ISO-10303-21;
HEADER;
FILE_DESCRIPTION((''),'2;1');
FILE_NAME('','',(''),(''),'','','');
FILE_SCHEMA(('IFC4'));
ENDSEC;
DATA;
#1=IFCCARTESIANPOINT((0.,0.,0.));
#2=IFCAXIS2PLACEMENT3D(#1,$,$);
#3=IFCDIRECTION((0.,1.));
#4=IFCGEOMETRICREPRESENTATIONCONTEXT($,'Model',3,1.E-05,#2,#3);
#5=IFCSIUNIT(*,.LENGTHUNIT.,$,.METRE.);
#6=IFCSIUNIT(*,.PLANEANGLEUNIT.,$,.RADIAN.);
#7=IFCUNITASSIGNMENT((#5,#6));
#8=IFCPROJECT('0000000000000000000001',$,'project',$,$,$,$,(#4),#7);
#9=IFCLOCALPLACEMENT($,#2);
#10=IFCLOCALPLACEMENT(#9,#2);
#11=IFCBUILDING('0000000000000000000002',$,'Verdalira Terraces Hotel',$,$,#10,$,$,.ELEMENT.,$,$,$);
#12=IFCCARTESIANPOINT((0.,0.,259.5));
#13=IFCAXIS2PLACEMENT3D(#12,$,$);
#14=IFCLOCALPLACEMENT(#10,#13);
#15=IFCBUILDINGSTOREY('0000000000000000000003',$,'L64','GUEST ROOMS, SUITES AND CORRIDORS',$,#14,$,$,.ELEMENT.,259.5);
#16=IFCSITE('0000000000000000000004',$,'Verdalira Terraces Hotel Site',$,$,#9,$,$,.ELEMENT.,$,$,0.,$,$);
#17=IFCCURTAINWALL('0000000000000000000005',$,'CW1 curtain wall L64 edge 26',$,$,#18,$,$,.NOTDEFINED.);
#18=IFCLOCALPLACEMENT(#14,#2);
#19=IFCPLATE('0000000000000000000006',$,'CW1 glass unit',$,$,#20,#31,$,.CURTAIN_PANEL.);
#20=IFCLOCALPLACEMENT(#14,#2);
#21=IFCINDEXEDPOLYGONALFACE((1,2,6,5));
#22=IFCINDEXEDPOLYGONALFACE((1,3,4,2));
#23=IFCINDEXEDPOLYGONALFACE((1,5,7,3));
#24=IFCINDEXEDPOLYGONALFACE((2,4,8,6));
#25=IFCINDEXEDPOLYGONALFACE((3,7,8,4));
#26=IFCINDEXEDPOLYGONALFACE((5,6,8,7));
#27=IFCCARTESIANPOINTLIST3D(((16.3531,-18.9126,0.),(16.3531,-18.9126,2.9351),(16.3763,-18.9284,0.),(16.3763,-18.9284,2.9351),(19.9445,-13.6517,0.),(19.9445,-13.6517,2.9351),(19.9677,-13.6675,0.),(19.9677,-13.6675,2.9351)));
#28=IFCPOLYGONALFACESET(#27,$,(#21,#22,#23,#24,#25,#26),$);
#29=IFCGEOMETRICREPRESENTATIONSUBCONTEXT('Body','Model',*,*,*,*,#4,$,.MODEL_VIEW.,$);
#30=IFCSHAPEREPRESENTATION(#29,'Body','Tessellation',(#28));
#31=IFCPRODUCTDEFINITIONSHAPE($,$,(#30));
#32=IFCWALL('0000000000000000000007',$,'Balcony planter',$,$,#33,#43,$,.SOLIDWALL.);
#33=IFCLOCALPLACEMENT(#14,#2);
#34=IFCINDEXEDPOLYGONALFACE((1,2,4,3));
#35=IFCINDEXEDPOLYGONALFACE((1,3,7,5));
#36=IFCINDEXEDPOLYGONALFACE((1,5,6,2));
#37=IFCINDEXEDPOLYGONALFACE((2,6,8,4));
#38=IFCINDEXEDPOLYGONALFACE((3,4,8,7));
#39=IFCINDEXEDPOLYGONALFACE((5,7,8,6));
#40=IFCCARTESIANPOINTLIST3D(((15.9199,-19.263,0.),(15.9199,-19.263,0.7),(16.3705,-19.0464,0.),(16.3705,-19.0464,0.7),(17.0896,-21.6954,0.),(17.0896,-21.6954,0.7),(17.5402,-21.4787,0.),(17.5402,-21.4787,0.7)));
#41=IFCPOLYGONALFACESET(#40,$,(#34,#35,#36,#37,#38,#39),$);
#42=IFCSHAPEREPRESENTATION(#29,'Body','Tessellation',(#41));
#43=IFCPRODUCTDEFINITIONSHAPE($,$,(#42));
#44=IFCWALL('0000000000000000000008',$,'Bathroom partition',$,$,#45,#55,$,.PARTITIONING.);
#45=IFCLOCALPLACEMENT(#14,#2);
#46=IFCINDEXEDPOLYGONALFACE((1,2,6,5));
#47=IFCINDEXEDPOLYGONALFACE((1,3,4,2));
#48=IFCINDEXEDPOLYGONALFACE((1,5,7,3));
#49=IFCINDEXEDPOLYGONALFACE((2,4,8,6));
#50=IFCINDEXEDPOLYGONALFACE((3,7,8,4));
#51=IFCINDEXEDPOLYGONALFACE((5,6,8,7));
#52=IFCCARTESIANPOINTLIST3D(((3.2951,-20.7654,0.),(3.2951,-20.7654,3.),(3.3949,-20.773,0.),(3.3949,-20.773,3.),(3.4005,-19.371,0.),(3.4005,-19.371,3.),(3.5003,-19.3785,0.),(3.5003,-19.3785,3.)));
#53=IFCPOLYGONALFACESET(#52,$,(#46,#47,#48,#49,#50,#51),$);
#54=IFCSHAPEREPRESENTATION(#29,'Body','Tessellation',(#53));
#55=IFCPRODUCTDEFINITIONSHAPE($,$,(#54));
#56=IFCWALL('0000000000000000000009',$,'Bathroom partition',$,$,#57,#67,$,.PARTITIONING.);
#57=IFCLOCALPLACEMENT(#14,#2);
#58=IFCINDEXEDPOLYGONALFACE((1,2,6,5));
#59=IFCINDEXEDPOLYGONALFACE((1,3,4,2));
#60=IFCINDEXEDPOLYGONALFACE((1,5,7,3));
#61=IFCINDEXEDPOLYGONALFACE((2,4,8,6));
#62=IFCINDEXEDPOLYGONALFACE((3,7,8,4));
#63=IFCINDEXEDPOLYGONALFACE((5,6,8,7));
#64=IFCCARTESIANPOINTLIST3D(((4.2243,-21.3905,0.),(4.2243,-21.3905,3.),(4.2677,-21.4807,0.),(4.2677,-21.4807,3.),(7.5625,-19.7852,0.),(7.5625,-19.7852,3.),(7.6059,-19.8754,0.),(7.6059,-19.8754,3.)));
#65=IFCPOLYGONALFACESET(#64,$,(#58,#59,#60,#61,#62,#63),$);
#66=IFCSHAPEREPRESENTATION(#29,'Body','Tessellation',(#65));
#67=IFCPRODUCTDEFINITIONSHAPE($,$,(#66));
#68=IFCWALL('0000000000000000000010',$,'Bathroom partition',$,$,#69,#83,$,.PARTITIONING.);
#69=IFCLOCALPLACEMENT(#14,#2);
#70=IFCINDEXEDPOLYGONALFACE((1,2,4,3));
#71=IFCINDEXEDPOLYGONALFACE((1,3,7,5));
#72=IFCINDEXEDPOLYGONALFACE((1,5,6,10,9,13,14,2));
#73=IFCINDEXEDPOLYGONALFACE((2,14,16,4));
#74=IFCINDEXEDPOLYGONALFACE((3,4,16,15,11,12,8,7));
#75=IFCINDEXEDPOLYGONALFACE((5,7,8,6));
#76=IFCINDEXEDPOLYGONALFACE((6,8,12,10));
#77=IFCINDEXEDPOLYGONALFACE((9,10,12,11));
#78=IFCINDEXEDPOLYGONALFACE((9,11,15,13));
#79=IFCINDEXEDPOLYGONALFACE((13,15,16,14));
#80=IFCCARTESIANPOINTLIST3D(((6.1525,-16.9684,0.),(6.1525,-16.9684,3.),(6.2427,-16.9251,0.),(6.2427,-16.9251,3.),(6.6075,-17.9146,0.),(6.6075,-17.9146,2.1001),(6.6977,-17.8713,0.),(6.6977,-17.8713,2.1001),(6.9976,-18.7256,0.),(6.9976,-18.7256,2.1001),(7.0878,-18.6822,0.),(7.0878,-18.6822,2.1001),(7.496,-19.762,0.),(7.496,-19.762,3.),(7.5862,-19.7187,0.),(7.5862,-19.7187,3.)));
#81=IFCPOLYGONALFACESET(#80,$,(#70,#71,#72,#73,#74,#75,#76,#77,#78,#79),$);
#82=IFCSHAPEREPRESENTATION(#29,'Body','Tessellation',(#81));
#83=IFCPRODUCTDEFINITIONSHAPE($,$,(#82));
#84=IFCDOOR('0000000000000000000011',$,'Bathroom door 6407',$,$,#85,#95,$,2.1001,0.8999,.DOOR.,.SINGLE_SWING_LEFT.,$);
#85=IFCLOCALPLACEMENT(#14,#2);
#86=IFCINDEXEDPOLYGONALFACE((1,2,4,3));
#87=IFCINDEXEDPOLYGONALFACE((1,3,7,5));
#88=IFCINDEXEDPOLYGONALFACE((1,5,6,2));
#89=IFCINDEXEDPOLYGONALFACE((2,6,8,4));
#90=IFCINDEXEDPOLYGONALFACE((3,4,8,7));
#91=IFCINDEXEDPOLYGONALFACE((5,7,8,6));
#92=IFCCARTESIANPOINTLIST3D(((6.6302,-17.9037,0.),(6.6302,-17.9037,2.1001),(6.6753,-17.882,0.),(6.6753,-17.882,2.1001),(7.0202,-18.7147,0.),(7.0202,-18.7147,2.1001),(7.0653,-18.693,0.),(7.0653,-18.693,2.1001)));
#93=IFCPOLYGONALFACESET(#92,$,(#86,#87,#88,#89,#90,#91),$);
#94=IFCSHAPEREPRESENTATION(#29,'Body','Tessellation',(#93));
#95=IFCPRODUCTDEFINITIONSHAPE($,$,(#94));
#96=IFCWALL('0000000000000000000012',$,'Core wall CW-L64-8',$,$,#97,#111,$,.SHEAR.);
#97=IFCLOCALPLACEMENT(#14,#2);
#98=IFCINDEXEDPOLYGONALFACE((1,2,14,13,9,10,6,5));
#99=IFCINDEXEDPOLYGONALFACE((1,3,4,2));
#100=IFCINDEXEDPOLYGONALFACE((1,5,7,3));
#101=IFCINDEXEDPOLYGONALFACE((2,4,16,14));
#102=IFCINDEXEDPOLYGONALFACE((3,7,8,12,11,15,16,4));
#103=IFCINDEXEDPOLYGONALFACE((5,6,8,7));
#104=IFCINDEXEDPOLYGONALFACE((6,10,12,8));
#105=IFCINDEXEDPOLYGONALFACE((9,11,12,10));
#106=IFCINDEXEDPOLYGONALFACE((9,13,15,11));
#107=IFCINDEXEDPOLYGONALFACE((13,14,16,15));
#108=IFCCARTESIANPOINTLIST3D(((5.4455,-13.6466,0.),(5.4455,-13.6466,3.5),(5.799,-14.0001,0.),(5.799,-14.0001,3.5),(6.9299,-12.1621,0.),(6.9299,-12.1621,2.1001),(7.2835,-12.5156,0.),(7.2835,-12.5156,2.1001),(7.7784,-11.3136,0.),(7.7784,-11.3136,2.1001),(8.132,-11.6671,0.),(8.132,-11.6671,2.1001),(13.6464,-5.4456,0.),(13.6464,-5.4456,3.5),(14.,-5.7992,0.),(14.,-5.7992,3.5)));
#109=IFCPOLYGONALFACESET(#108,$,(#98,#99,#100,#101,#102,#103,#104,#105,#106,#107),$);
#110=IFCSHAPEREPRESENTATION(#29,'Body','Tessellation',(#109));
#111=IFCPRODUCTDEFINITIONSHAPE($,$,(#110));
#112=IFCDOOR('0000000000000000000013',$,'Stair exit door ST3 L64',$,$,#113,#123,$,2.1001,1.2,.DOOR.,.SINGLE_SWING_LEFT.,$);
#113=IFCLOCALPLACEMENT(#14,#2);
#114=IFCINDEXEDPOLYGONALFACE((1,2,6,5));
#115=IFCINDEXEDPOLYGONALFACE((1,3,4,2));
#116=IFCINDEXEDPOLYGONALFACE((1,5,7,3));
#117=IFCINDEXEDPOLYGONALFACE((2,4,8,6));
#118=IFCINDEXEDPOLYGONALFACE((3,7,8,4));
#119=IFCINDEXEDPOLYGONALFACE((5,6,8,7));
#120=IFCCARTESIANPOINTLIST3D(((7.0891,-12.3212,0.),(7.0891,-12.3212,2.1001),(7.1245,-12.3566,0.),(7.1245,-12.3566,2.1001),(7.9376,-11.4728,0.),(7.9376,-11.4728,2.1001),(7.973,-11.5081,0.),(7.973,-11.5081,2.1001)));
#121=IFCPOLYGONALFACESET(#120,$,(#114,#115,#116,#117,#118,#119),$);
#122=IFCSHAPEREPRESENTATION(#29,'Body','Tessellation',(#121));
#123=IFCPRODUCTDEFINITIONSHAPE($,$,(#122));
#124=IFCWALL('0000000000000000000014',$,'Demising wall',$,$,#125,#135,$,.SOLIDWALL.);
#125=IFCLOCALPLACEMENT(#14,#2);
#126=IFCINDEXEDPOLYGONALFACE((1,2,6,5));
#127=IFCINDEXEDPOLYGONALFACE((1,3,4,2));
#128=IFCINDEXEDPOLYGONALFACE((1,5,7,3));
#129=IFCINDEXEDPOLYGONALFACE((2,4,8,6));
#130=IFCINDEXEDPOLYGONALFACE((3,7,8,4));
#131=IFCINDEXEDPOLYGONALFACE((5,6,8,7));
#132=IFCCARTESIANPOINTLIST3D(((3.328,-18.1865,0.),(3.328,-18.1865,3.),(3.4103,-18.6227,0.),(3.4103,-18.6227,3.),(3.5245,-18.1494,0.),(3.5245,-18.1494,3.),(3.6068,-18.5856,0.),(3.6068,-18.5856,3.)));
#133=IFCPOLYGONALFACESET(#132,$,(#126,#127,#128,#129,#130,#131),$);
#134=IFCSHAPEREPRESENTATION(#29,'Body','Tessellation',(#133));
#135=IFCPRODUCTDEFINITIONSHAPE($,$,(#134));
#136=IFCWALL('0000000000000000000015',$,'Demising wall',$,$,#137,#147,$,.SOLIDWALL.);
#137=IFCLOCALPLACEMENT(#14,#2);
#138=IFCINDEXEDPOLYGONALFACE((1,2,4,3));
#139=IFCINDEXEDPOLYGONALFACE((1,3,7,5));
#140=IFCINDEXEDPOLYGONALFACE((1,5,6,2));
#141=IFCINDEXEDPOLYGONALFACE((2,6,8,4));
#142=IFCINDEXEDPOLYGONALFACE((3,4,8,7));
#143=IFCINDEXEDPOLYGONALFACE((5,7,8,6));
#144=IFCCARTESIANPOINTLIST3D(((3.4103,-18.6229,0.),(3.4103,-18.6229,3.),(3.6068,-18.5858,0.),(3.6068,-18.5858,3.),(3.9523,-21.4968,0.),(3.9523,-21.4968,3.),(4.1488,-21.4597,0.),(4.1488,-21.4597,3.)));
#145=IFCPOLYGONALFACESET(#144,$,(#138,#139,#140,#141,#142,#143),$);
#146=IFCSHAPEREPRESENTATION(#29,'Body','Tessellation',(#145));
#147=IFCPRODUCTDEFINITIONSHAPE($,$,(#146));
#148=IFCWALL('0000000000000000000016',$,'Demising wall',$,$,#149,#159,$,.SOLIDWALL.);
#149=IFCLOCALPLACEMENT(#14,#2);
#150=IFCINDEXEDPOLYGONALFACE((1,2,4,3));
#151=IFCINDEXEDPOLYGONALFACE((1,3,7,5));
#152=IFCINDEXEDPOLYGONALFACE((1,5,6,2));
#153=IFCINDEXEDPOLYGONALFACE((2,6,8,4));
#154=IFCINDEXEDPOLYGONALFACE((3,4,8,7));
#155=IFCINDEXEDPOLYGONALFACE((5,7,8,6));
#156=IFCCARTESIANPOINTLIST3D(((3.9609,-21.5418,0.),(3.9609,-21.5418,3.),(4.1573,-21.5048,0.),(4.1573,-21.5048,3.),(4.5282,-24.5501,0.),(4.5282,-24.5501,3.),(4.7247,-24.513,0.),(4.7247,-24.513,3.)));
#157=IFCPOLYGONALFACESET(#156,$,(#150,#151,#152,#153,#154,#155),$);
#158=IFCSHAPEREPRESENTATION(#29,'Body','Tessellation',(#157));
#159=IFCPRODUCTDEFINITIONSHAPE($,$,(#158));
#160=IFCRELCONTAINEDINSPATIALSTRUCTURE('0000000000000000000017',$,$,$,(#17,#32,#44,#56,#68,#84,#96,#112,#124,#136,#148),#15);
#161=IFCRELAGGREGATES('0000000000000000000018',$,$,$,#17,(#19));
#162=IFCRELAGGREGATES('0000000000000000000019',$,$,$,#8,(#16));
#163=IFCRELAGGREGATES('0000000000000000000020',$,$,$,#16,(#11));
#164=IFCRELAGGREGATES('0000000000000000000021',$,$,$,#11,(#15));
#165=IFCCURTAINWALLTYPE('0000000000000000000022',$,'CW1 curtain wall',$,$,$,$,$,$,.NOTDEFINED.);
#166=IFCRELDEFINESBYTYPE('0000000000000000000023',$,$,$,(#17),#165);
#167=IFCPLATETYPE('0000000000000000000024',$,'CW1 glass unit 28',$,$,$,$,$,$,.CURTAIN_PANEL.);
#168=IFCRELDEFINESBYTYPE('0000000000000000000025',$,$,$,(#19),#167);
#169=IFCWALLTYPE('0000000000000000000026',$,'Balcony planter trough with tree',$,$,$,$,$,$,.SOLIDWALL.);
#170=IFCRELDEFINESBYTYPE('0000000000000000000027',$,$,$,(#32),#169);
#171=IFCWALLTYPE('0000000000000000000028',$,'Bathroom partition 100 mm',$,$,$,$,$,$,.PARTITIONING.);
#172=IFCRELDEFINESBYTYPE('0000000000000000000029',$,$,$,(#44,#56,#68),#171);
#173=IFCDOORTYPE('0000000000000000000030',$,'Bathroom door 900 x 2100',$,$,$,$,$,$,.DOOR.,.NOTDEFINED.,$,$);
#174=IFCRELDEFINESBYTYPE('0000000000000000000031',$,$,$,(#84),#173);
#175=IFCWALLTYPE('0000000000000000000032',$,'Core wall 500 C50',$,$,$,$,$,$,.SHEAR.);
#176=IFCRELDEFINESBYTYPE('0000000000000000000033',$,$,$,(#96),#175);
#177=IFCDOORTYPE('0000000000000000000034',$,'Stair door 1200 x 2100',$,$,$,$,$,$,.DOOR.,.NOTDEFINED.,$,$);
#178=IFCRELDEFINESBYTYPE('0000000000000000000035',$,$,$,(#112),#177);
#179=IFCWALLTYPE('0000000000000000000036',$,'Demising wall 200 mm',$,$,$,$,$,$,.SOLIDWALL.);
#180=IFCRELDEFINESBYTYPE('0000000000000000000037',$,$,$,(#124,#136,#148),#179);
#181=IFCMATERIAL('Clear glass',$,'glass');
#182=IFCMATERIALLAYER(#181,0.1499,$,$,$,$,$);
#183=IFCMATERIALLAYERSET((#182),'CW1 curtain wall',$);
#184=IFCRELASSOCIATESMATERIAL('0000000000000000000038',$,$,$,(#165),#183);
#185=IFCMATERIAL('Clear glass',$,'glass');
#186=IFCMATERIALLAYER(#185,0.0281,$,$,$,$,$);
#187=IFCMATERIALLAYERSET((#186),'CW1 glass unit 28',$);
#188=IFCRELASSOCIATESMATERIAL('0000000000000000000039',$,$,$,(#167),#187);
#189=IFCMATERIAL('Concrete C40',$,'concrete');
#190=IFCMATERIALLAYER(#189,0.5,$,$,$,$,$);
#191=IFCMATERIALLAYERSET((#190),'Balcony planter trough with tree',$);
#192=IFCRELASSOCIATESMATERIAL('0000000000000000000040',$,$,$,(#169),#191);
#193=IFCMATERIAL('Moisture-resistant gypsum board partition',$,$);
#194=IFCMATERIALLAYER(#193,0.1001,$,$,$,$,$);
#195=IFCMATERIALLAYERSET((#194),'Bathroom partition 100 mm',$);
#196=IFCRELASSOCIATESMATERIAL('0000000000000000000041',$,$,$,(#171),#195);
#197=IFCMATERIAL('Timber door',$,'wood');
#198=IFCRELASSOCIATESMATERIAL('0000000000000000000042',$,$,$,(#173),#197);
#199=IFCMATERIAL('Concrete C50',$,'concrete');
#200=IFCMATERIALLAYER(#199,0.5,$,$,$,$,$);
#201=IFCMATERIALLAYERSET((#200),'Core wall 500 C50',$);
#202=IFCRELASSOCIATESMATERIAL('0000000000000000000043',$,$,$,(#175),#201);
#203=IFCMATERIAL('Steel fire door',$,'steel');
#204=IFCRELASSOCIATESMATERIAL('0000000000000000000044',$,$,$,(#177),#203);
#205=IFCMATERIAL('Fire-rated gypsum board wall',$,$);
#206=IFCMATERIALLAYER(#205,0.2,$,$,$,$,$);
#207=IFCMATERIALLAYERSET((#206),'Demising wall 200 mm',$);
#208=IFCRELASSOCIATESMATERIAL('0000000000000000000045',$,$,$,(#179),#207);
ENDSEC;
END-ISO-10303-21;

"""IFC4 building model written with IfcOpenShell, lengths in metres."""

from ifc_helpers import new_model, si_unit, direction, frame, frame_2d, origin, origin_2d, place, context, subcontext, project, spatial, rectangle, extrude, material, layer, layer_set, type_object, element, fill, aggregate, save


model = new_model("IFC4")

# Units and contexts
model_context = context("Model", 3, precision=1e-05, world=origin(), true_north=direction((0.0, 1.0)))
body_context = subcontext(model_context, "Body", "Model", "MODEL_VIEW")
ifc_project = project(units=[si_unit("LENGTHUNIT", "METRE"), si_unit("PLANEANGLEUNIT", "RADIAN")], contexts=[model_context])

# Site, building, storey
site_placement = place(None, origin())
site = spatial("IfcSite", under=ifc_project, at=site_placement, Name="Verdalira Terraces Hotel Site", CompositionType="ELEMENT", RefElevation=0.0)
building_placement = place(site_placement, origin())
building = spatial("IfcBuilding", under=site, at=building_placement, Name="Verdalira Terraces Hotel", CompositionType="ELEMENT")
storey_placement = place(building_placement, frame((0.0, 0.0, 259.5)))
storey = spatial("IfcBuildingStorey", under=building, at=storey_placement, Name="L64", Description="GUEST ROOMS, SUITES AND CORRIDORS", CompositionType="ELEMENT", Elevation=259.5)

# Shared definitions
ifc_material_1 = material(Name="Clear glass", Category="glass")
ifc_layer_1 = layer(ifc_material_1, 0.1499)
ifc_layer_set_1 = layer_set([ifc_layer_1], Name="CW1 curtain wall")
curtain_wall_type = type_object("IfcCurtainWallType", Name="CW1 curtain wall", PredefinedType="NOTDEFINED", material=ifc_layer_set_1)

# Curtain wall
curtain_wall_1_placement = place(storey_placement, origin())
curtain_wall_1 = element("IfcCurtainWall", 1, at=curtain_wall_1_placement, inside=storey, type_object=curtain_wall_type, Name="CW1 curtain wall L64 edge 26", PredefinedType="NOTDEFINED")

# Plate
ifc_material_2 = material(Name="Clear glass", Category="glass")
ifc_layer_2 = layer(ifc_material_2, 0.0281)
ifc_layer_set_2 = layer_set([ifc_layer_2], Name="CW1 glass unit 28")
plate_type = type_object("IfcPlateType", Name="CW1 glass unit 28", PredefinedType="CURTAIN_PANEL", material=ifc_layer_set_2)
plate_1_placement = place(storey_placement, frame((18.1604, -16.29, 0.0), z_axis=(0.0, 0.0, 1.0), x_axis=(0.563814, 0.825902, 0.0)))
plate_1 = element("IfcPlate", 2, at=plate_1_placement, type_object=plate_type, Name="CW1 glass unit", PredefinedType="CURTAIN_PANEL", context=body_context, shape_type="SweptSolid", body=[
    extrude(rectangle(XDim=6.3699, YDim=0.0281, at=origin_2d()), origin(), (0.0, 0.0, 1.0), 2.9351),
])
aggregate(curtain_wall_1, [plate_1])

# Walls
ifc_material_3 = material(Name="Concrete C40", Category="concrete")
ifc_layer_3 = layer(ifc_material_3, 0.5)
ifc_layer_set_3 = layer_set([ifc_layer_3], Name="Balcony planter trough with tree")
wall_type_1 = type_object("IfcWallType", Name="Balcony planter trough with tree", PredefinedType="SOLIDWALL", material=ifc_layer_set_3)
wall_1_placement = place(storey_placement, frame((17.3149, -21.5872, 0.0), z_axis=(0.0, 0.0, 1.0), x_axis=(-0.433375, 0.901214, 0.0)))
element("IfcWall", 3, at=wall_1_placement, inside=storey, type_object=wall_type_1, Name="Balcony planter", PredefinedType="SOLIDWALL", context=body_context, shape_type="SweptSolid", body=[
    extrude(rectangle(XDim=2.699, YDim=0.5, at=frame_2d((1.3496, 0.0))), origin(), (0.0, 0.0, 1.0), 0.7),
])
ifc_material_4 = material(Name="Moisture-resistant gypsum board partition")
ifc_layer_4 = layer(ifc_material_4, 0.1001)
ifc_layer_set_4 = layer_set([ifc_layer_4], Name="Bathroom partition 100 mm")
wall_type_2 = type_object("IfcWallType", Name="Bathroom partition 100 mm", PredefinedType="PARTITIONING", material=ifc_layer_set_4)
wall_2_placement = place(storey_placement, frame((3.4504, -19.3748, 0.0), z_axis=(0.0, 0.0, 1.0), x_axis=(-0.075415, -0.997152, 0.0)))
element("IfcWall", 4, at=wall_2_placement, inside=storey, type_object=wall_type_2, Name="Bathroom partition", PredefinedType="PARTITIONING", context=body_context, shape_type="SweptSolid", body=[
    extrude(rectangle(XDim=1.3984, YDim=0.1001, at=frame_2d((0.6992, 0.0))), origin(), (0.0, 0.0, 1.0), 3.0),
])
wall_3_placement = place(storey_placement, frame((7.5842, -19.8303, 0.0), z_axis=(0.0, 0.0, 1.0), x_axis=(-0.901215, -0.433372, 0.0)))
element("IfcWall", 5, at=wall_3_placement, inside=storey, type_object=wall_type_2, Name="Bathroom partition", PredefinedType="PARTITIONING", context=body_context, shape_type="SweptSolid", body=[
    extrude(rectangle(XDim=3.7041, YDim=0.1001, at=frame_2d((1.8521, 0.0))), origin(), (0.0, 0.0, 1.0), 3.0),
])

# Walls, openings, doors
wall_4_placement = place(storey_placement, frame((7.541, -19.7402, 0.0), z_axis=(0.0, 0.0, 1.0), x_axis=(-0.433394, 0.901205, 0.0)))
wall_4 = element("IfcWall", 6, at=wall_4_placement, inside=storey, type_object=wall_type_2, Name="Bathroom partition", PredefinedType="PARTITIONING", context=body_context, shape_type="SweptSolid", body=[
    extrude(rectangle(XDim=3.0999, YDim=0.1001, at=frame_2d((1.5498, 0.0))), origin(), (0.0, 0.0, 1.0), 3.0),
])
opening_1_placement = place(wall_4_placement, frame((1.1499, 0.0, 0.0)))
opening_1 = element("IfcOpeningElement", 7, at=opening_1_placement, cuts=wall_4, PredefinedType="OPENING", context=body_context, shape_type="SweptSolid", body=[
    extrude(rectangle(XDim=0.8999, YDim=2.1001, at=frame_2d((0.45, 1.05))), frame((0.0, 0.0601, 0.0), z_axis=(0.0, -1.0, 0.0), x_axis=(1.0, 0.0, 0.0)), (0.0, 0.0, 1.0), 0.1201),
])
ifc_material_5 = material(Name="Timber door", Category="wood")
door_type_1 = type_object("IfcDoorType", Name="Bathroom door 900 x 2100", OperationType="NOTDEFINED", PredefinedType="DOOR", material=ifc_material_5)
door_1_placement = place(opening_1_placement, origin())
door_1 = element("IfcDoor", 8, at=door_1_placement, inside=storey, type_object=door_type_1, Name="Bathroom door 6407", OperationType="SINGLE_SWING_LEFT", OverallHeight=2.1001, OverallWidth=0.8999, PredefinedType="DOOR", context=body_context, shape_type="SweptSolid", body=[
    extrude(rectangle(XDim=0.8999, YDim=2.1001, at=frame_2d((0.45, 1.05))), frame((0.0, 0.0249, 0.0), z_axis=(0.0, -1.0, 0.0), x_axis=(1.0, 0.0, 0.0)), (0.0, 0.0, 1.0), 0.05),
])
fill(opening_1, door_1)
ifc_material_6 = material(Name="Concrete C50", Category="concrete")
ifc_layer_5 = layer(ifc_material_6, 0.5)
ifc_layer_set_5 = layer_set([ifc_layer_5], Name="Core wall 500 C50")
wall_type_3 = type_object("IfcWallType", Name="Core wall 500 C50", PredefinedType="SHEAR", material=ifc_layer_set_5)
wall_5_placement = place(storey_placement, frame((5.6223, -13.8232, 0.0), z_axis=(0.0, 0.0, 1.0), x_axis=(0.707107, 0.707107, 0.0)))
wall_5 = element("IfcWall", 9, at=wall_5_placement, inside=storey, type_object=wall_type_3, Name="Core wall CW-L64-8", PredefinedType="SHEAR", context=body_context, shape_type="SweptSolid", body=[
    extrude(rectangle(XDim=11.5979, YDim=0.5, at=frame_2d((5.7988, 0.0))), origin(), (0.0, 0.0, 1.0), 3.5),
])
opening_2_placement = place(wall_5_placement, frame((2.0991, 0.0, 0.0)))
opening_2 = element("IfcOpeningElement", 10, at=opening_2_placement, cuts=wall_5, PredefinedType="OPENING", context=body_context, shape_type="SweptSolid", body=[
    extrude(rectangle(XDim=1.2, YDim=2.1001, at=frame_2d((0.6001, 1.05))), frame((0.0, 0.26, 0.0), z_axis=(0.0, -1.0, 0.0), x_axis=(1.0, 0.0, 0.0)), (0.0, 0.0, 1.0), 0.52),
])
ifc_material_7 = material(Name="Steel fire door", Category="steel")
door_type_2 = type_object("IfcDoorType", Name="Stair door 1200 x 2100", OperationType="NOTDEFINED", PredefinedType="DOOR", material=ifc_material_7)
door_2_placement = place(opening_2_placement, origin())
door_2 = element("IfcDoor", 11, at=door_2_placement, inside=storey, type_object=door_type_2, Name="Stair exit door ST3 L64", OperationType="SINGLE_SWING_LEFT", OverallHeight=2.1001, OverallWidth=1.2, PredefinedType="DOOR", context=body_context, shape_type="SweptSolid", body=[
    extrude(rectangle(XDim=1.2, YDim=2.1001, at=frame_2d((0.6001, 1.05))), frame((0.0, 0.0249, 0.0), z_axis=(0.0, -1.0, 0.0), x_axis=(1.0, 0.0, 0.0)), (0.0, 0.0, 1.0), 0.05),
])
fill(opening_2, door_2)

# Walls
ifc_material_8 = material(Name="Fire-rated gypsum board wall")
ifc_layer_6 = layer(ifc_material_8, 0.2)
ifc_layer_set_6 = layer_set([ifc_layer_6], Name="Demising wall 200 mm")
wall_type_4 = type_object("IfcWallType", Name="Demising wall 200 mm", PredefinedType="SOLIDWALL", material=ifc_layer_set_6)
wall_6_placement = place(storey_placement, frame((3.4263, -18.168, 0.0), z_axis=(0.0, 0.0, 1.0), x_axis=(0.185318, -0.982679, 0.0)))
element("IfcWall", 12, at=wall_6_placement, inside=storey, type_object=wall_type_4, Name="Demising wall", PredefinedType="SOLIDWALL", context=body_context, shape_type="SweptSolid", body=[
    extrude(rectangle(XDim=0.4438, YDim=0.2, at=frame_2d((0.2219, 0.0))), origin(), (0.0, 0.0, 1.0), 3.0),
])
wall_7_placement = place(storey_placement, frame((3.5085, -18.6042, 0.0), z_axis=(0.0, 0.0, 1.0), x_axis=(0.185332, -0.982676, 0.0)))
element("IfcWall", 13, at=wall_7_placement, inside=storey, type_object=wall_type_4, Name="Demising wall", PredefinedType="SOLIDWALL", context=body_context, shape_type="SweptSolid", body=[
    extrude(rectangle(XDim=2.9246, YDim=0.2, at=frame_2d((1.4624, 0.0))), origin(), (0.0, 0.0, 1.0), 3.0),
])
wall_8_placement = place(storey_placement, frame((4.0591, -21.5232, 0.0), z_axis=(0.0, 0.0, 1.0), x_axis=(0.185338, -0.982675, 0.0)))
element("IfcWall", 14, at=wall_8_placement, inside=storey, type_object=wall_type_4, Name="Demising wall", PredefinedType="SOLIDWALL", context=body_context, shape_type="SweptSolid", body=[
    extrude(rectangle(XDim=3.0613, YDim=0.2, at=frame_2d((1.5308, 0.0))), origin(), (0.0, 0.0, 1.0), 3.0),
])

save(model, "model.ifc")
